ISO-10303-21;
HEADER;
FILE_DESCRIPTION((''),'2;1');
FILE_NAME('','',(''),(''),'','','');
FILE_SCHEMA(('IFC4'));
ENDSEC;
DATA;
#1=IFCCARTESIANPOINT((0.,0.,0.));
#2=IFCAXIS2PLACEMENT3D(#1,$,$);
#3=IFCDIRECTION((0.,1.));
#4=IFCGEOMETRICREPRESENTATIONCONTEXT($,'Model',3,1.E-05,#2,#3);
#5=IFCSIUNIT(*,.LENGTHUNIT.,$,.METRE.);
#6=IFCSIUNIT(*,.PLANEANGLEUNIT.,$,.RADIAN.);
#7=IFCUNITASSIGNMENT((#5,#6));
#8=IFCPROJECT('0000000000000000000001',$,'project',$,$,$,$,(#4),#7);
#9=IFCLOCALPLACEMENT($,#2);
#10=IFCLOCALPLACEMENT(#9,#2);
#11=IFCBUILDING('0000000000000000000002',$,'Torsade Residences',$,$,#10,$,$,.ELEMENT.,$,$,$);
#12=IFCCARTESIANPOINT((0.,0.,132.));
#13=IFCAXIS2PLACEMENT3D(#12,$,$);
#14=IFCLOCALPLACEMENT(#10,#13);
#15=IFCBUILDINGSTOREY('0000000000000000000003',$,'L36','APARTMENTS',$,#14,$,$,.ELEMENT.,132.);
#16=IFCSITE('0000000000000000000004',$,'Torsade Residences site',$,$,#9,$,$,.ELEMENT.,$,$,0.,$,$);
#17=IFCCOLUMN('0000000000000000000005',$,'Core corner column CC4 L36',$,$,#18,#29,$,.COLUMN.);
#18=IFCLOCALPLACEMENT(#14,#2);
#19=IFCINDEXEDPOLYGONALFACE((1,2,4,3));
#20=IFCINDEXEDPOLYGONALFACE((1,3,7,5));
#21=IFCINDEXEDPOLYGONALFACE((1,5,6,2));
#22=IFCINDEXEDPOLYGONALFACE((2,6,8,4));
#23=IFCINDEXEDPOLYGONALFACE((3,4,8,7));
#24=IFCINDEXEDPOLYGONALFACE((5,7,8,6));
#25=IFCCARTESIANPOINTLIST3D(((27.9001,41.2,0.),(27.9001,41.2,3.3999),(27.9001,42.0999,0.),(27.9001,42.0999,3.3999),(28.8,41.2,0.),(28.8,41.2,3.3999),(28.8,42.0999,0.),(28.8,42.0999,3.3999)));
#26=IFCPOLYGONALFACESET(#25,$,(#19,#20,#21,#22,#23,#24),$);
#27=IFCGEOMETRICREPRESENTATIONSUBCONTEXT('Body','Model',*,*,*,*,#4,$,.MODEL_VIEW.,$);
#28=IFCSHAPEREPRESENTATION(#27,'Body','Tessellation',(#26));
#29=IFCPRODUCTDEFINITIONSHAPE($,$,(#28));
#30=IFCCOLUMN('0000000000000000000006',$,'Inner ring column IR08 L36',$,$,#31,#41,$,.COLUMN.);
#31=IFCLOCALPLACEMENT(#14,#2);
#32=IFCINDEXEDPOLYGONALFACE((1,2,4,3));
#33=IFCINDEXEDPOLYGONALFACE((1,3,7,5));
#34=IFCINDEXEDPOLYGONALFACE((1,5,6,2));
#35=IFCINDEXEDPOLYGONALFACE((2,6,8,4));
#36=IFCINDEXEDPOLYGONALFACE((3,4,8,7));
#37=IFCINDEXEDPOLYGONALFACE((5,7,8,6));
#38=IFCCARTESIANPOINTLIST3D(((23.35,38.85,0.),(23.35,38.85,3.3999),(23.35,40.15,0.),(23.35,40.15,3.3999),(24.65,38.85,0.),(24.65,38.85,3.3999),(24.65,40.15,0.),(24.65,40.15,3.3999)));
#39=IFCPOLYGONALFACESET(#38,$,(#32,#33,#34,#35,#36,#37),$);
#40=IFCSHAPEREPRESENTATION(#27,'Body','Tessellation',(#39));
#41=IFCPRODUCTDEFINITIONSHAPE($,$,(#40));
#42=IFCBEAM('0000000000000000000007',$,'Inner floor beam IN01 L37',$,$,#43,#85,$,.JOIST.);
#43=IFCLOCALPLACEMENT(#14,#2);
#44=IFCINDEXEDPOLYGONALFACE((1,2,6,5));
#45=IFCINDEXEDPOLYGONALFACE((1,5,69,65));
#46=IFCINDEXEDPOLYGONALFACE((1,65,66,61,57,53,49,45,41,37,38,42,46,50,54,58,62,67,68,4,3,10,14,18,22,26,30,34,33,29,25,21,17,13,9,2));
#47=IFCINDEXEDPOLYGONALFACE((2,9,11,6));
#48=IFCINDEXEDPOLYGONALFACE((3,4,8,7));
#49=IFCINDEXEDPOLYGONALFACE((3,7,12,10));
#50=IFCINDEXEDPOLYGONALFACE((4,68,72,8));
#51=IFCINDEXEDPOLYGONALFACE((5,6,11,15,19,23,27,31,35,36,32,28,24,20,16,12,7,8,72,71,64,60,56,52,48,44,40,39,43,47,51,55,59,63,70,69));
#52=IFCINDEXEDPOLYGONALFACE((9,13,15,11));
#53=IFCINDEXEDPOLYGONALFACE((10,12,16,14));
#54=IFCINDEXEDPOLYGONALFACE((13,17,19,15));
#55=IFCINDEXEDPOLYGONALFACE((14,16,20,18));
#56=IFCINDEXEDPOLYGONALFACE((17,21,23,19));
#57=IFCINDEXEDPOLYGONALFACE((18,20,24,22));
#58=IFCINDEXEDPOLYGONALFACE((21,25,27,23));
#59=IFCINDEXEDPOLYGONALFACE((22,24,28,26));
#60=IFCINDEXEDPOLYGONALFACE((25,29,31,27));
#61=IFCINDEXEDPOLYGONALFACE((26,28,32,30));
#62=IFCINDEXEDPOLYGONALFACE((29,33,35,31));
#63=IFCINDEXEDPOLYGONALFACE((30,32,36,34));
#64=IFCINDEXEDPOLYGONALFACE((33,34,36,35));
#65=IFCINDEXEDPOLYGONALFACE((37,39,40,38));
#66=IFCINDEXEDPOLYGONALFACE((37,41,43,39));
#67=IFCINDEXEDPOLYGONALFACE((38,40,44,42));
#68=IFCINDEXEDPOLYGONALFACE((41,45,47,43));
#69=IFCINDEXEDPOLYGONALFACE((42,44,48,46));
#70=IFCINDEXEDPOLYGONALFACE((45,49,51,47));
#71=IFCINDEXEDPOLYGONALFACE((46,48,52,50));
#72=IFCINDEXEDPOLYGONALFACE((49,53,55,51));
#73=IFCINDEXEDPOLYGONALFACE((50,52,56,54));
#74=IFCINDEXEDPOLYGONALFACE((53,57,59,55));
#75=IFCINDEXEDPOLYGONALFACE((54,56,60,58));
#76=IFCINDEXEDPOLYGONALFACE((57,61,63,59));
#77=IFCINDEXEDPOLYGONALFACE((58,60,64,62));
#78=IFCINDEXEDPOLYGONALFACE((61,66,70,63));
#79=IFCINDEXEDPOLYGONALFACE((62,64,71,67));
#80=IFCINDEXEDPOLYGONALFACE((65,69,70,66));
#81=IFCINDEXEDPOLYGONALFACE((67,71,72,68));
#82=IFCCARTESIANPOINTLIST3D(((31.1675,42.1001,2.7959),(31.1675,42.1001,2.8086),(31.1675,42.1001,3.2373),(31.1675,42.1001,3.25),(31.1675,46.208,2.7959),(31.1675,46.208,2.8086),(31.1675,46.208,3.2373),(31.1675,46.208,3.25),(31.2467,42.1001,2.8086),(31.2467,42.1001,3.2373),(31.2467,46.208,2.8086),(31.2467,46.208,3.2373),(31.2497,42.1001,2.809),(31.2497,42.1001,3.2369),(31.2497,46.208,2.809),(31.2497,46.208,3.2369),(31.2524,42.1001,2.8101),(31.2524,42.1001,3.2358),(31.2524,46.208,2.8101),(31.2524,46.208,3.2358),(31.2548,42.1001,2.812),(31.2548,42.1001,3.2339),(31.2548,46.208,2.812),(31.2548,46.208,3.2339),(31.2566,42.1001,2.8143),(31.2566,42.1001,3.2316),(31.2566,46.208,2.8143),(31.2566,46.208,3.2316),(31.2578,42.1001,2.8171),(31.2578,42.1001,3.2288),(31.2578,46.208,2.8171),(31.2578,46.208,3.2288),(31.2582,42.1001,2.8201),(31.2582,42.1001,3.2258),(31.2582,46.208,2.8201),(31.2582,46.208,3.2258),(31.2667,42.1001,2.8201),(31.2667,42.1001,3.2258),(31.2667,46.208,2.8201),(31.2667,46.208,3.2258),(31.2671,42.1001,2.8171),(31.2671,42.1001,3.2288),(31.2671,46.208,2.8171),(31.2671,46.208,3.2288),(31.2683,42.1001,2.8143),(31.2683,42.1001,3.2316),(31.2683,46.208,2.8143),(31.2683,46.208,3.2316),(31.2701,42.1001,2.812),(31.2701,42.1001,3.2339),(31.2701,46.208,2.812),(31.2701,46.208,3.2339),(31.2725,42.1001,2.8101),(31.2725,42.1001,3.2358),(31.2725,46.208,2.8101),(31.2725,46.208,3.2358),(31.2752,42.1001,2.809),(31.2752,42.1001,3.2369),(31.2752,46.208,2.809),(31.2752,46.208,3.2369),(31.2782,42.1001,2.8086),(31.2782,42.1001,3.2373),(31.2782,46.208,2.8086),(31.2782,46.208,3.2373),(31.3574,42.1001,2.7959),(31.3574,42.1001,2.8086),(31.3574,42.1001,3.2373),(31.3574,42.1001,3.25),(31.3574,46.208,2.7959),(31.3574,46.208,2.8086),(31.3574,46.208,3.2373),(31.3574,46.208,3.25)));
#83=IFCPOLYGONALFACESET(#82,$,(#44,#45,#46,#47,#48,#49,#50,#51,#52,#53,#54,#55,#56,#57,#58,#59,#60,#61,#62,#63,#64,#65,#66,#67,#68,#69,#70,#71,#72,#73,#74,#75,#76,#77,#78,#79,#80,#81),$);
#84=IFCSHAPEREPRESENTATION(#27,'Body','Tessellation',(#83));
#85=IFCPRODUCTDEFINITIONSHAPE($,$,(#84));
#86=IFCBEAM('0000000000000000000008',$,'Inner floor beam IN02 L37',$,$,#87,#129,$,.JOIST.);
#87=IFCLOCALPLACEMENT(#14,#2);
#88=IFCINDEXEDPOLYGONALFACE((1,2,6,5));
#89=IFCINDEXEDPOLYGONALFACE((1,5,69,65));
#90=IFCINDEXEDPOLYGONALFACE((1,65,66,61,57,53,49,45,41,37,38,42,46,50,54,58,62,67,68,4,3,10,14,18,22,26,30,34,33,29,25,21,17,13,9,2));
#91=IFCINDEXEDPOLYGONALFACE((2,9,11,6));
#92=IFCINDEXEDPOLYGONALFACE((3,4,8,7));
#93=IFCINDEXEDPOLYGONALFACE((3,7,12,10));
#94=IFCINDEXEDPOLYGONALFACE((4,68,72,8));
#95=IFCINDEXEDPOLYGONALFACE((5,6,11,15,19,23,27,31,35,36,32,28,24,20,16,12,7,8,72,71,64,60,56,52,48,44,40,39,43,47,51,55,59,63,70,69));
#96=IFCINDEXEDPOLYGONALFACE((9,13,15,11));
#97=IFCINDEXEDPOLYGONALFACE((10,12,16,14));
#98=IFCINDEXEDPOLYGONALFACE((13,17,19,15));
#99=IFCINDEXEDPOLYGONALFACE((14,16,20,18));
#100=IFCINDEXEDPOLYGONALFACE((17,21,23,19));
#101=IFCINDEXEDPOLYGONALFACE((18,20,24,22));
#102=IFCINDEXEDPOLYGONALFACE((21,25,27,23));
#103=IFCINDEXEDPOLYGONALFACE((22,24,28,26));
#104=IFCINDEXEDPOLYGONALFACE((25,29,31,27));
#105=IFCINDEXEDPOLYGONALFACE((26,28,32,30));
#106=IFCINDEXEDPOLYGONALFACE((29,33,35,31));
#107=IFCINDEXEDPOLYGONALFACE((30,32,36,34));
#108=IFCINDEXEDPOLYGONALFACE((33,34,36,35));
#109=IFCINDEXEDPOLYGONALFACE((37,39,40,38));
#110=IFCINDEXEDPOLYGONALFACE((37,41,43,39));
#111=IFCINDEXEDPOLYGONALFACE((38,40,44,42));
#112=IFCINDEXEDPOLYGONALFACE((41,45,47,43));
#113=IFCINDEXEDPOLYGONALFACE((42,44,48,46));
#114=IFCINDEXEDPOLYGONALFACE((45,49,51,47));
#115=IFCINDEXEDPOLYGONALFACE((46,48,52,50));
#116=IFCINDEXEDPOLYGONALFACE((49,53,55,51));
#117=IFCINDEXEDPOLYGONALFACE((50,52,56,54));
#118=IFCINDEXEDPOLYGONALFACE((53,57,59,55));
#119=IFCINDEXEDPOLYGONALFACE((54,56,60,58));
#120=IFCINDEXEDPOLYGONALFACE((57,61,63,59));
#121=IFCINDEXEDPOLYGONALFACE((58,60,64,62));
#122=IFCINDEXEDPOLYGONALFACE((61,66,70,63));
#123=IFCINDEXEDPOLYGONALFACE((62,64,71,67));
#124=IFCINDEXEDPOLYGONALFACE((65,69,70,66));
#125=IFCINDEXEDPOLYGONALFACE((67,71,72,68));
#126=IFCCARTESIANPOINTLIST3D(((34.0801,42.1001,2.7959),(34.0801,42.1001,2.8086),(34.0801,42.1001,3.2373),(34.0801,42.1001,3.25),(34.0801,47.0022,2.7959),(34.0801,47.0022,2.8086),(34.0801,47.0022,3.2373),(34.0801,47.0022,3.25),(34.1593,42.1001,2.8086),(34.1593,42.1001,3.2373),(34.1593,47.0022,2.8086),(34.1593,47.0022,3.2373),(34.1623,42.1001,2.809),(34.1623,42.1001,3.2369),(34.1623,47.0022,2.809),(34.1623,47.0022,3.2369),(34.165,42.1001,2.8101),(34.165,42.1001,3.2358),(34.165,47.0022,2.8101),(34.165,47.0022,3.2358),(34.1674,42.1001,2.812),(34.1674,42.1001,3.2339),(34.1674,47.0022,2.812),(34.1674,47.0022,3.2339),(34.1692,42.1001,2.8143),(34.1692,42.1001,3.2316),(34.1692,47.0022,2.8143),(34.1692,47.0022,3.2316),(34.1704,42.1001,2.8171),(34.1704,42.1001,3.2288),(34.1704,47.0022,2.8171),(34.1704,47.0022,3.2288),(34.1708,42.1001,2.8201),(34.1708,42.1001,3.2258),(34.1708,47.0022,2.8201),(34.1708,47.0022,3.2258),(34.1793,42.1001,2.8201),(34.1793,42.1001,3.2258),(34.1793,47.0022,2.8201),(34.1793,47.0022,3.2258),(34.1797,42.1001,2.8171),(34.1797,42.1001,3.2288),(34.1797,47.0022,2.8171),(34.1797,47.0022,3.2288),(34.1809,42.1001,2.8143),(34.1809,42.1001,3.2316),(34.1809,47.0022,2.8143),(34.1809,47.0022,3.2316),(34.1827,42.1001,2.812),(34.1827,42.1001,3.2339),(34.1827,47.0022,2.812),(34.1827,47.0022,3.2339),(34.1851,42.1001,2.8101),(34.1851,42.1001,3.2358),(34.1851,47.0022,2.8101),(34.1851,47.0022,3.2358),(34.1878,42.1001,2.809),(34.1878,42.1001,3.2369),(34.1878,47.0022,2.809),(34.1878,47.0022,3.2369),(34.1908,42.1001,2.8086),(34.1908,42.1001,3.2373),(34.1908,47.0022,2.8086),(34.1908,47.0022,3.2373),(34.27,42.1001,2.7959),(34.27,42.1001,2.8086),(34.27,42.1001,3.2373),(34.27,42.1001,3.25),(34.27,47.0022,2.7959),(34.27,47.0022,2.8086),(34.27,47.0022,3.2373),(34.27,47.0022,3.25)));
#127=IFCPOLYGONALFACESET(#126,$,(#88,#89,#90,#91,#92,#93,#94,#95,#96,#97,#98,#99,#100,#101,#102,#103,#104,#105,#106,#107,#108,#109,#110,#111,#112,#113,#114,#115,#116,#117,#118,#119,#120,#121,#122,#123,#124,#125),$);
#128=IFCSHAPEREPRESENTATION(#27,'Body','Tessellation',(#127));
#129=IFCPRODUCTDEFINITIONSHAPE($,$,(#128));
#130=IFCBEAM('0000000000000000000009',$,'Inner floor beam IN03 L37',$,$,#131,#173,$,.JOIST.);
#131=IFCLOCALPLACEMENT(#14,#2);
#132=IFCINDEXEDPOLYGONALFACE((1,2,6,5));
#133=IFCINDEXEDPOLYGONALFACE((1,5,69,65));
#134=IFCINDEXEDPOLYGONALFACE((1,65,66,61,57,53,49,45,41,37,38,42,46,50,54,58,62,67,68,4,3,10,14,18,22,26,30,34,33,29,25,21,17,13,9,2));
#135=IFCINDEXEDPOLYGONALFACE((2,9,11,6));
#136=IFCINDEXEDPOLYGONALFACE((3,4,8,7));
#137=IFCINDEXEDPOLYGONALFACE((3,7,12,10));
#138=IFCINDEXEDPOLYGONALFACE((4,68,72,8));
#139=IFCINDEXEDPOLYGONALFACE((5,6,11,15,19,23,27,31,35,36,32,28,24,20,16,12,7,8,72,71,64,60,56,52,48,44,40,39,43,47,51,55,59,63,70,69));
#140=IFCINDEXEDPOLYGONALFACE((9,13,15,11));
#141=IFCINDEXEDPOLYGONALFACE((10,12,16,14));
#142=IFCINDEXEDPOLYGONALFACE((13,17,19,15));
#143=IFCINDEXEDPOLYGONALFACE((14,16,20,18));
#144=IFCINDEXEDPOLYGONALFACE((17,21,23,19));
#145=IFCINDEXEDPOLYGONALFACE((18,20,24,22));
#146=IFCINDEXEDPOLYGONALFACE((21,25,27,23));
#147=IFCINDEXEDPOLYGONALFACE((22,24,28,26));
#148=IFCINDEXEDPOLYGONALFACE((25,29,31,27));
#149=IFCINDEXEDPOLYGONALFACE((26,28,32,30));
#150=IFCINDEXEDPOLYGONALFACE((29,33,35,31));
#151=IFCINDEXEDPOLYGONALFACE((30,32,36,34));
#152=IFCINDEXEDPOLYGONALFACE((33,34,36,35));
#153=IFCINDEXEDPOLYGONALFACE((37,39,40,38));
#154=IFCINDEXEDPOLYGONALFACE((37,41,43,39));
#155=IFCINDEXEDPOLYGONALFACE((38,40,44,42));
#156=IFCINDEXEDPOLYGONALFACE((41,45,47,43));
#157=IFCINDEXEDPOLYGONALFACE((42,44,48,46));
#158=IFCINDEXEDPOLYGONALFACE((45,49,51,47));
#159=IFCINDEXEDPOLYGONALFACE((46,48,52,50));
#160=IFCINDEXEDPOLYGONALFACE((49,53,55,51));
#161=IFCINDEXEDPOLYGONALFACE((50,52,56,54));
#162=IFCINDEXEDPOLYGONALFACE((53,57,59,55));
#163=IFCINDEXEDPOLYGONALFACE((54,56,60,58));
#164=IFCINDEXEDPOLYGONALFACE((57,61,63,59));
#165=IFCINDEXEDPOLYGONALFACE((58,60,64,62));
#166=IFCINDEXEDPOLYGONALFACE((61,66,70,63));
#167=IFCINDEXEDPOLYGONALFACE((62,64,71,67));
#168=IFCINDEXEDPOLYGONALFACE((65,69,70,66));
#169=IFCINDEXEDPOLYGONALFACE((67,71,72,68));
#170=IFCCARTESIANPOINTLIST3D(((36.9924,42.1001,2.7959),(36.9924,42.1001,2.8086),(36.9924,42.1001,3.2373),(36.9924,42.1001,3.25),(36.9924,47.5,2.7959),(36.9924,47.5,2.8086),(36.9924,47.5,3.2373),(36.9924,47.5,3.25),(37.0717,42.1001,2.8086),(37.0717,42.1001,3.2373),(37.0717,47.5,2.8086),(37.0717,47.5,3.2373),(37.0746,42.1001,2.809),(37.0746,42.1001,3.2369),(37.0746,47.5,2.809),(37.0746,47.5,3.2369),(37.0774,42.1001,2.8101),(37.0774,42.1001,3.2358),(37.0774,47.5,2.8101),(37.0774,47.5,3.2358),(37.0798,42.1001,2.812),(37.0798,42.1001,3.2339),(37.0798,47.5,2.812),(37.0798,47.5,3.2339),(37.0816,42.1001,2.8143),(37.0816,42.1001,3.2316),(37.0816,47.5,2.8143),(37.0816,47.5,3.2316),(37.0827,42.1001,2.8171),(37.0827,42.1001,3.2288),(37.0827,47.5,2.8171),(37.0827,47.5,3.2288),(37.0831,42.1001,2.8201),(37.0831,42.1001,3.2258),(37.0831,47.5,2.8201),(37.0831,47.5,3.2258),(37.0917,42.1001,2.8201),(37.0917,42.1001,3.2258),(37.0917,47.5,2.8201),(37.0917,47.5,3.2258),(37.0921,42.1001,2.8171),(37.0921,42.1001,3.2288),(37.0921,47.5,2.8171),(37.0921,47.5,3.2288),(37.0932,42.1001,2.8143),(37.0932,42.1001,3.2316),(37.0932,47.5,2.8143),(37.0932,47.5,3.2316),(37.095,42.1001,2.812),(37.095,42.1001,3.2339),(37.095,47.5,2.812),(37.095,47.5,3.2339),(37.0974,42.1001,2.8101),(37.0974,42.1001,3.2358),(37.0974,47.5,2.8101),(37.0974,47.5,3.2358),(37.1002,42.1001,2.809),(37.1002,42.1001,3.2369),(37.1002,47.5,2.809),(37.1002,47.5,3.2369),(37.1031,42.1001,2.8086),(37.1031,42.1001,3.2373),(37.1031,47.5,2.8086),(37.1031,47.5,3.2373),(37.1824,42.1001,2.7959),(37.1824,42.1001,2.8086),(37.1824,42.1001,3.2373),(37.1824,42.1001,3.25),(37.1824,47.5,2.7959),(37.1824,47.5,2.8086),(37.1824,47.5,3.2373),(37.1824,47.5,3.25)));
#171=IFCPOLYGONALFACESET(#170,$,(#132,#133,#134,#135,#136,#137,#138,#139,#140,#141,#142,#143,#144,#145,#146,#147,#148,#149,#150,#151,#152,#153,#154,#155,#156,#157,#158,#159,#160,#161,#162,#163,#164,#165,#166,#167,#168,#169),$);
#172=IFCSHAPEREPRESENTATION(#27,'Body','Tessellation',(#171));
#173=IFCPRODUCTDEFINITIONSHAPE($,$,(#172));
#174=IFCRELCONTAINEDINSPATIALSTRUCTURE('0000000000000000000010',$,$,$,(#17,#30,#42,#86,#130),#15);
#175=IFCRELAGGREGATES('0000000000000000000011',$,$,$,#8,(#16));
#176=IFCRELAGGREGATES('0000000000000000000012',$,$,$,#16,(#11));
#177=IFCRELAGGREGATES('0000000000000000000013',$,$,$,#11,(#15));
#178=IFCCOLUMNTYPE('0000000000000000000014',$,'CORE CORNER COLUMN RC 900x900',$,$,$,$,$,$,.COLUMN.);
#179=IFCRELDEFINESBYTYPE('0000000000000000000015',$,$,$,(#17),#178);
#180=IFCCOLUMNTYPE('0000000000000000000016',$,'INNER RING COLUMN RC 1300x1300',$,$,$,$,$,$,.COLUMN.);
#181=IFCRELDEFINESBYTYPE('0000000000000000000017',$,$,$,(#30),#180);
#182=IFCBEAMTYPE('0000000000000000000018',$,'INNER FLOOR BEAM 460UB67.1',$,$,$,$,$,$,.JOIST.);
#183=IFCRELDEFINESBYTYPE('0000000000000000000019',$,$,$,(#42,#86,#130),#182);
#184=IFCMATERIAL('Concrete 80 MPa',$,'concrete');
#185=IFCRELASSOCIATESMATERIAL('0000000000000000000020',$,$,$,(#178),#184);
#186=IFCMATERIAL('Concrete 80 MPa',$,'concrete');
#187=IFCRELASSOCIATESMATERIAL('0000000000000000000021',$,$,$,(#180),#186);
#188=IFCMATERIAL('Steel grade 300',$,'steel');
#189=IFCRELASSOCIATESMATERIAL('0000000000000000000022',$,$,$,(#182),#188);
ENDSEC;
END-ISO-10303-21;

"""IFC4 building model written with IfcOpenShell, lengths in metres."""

from ifc_helpers import new_model, si_unit, direction, frame, origin, origin_2d, place, context, subcontext, project, spatial, rectangle, i_section, extrude, material, material_profile, profile_set, type_object, element, save


model = new_model("IFC4")

# Units and contexts
model_context = context("Model", 3, precision=1e-05, world=origin(), true_north=direction((0.0, 1.0)))
body_context = subcontext(model_context, "Body", "Model", "MODEL_VIEW")
ifc_project = project(units=[si_unit("LENGTHUNIT", "METRE"), si_unit("PLANEANGLEUNIT", "RADIAN")], contexts=[model_context])

# Site, building, storey
site_placement = place(None, origin())
site = spatial("IfcSite", under=ifc_project, at=site_placement, Name="Torsade Residences site", CompositionType="ELEMENT", RefElevation=0.0)
building_placement = place(site_placement, origin())
building = spatial("IfcBuilding", under=site, at=building_placement, Name="Torsade Residences", CompositionType="ELEMENT")
storey_placement = place(building_placement, frame((0.0, 0.0, 132.0)))
storey = spatial("IfcBuildingStorey", under=building, at=storey_placement, Name="L36", Description="APARTMENTS", CompositionType="ELEMENT", Elevation=132.0)

# Columns
ifc_material_1 = material(Name="Concrete 80 MPa", Category="concrete")
ifc_material_profile_1 = material_profile(ifc_material_1, rectangle(XDim=0.8999, YDim=0.8999, at=origin_2d()), Name="RC 900x900")
ifc_profile_set_1 = profile_set([ifc_material_profile_1], Name="Concrete 80 MPa")
column_type_1 = type_object("IfcColumnType", Name="CORE CORNER COLUMN RC 900x900", PredefinedType="COLUMN", material=ifc_profile_set_1)
column_1_placement = place(storey_placement, frame((28.3501, 41.6499, 0.0), z_axis=(0.0, 0.0, 1.0), x_axis=(1.0, 0.0, 0.0)))
element("IfcColumn", 1, at=column_1_placement, inside=storey, type_object=column_type_1, Name="Core corner column CC4 L36", PredefinedType="COLUMN", context=body_context, shape_type="SweptSolid", body=[
    extrude(rectangle(XDim=0.8999, YDim=0.8999, at=origin_2d()), origin(), (0.0, 0.0, 1.0), 3.3999),
])
ifc_material_2 = material(Name="Concrete 80 MPa", Category="concrete")
ifc_material_profile_2 = material_profile(ifc_material_2, rectangle(XDim=1.3, YDim=1.3, at=origin_2d()), Name="RC 1300x1300")
ifc_profile_set_2 = profile_set([ifc_material_profile_2], Name="Concrete 80 MPa")
column_type_2 = type_object("IfcColumnType", Name="INNER RING COLUMN RC 1300x1300", PredefinedType="COLUMN", material=ifc_profile_set_2)
column_2_placement = place(storey_placement, frame((24.0, 39.5, 0.0), z_axis=(0.0, 0.0, 1.0), x_axis=(1.0, 0.0, 0.0)))
element("IfcColumn", 2, at=column_2_placement, inside=storey, type_object=column_type_2, Name="Inner ring column IR08 L36", PredefinedType="COLUMN", context=body_context, shape_type="SweptSolid", body=[
    extrude(rectangle(XDim=1.3, YDim=1.3, at=origin_2d()), origin(), (0.0, 0.0, 1.0), 3.3999),
])

# Beams
ifc_material_3 = material(Name="Steel grade 300", Category="steel")
ifc_material_profile_3 = material_profile(ifc_material_3, i_section(OverallWidth=0.1899, OverallDepth=0.4541, WebThickness=0.0085, FlangeThickness=0.0127, FilletRadius=0.0115, at=origin_2d()), Name="460UB67.1")
ifc_profile_set_3 = profile_set([ifc_material_profile_3], Name="Steel grade 300")
beam_type_1 = type_object("IfcBeamType", Name="INNER FLOOR BEAM 460UB67.1", PredefinedType="JOIST", material=ifc_profile_set_3)
beam_1_placement = place(storey_placement, frame((31.2625, 42.1001, 3.0229), z_axis=(0.0, 1.0, 0.0), x_axis=(-1.0, 0.0, 0.0)))
element("IfcBeam", 3, at=beam_1_placement, inside=storey, type_object=beam_type_1, Name="Inner floor beam IN01 L37", PredefinedType="JOIST", context=body_context, shape_type="SweptSolid", body=[
    extrude(i_section(OverallWidth=0.1899, OverallDepth=0.4541, WebThickness=0.0085, FlangeThickness=0.0127, FilletRadius=0.0115, at=origin_2d()), origin(), (0.0, 0.0, 1.0), 4.1079),
])
beam_2_placement = place(storey_placement, frame((34.175, 42.1001, 3.0229), z_axis=(0.0, 1.0, 0.0), x_axis=(-1.0, 0.0, 0.0)))
element("IfcBeam", 4, at=beam_2_placement, inside=storey, type_object=beam_type_1, Name="Inner floor beam IN02 L37", PredefinedType="JOIST", context=body_context, shape_type="SweptSolid", body=[
    extrude(i_section(OverallWidth=0.1899, OverallDepth=0.4541, WebThickness=0.0085, FlangeThickness=0.0127, FilletRadius=0.0115, at=origin_2d()), origin(), (0.0, 0.0, 1.0), 4.9021),
])
beam_3_placement = place(storey_placement, frame((37.0874, 42.1001, 3.0229), z_axis=(0.0, 1.0, 0.0), x_axis=(-1.0, 0.0, 0.0)))
element("IfcBeam", 5, at=beam_3_placement, inside=storey, type_object=beam_type_1, Name="Inner floor beam IN03 L37", PredefinedType="JOIST", context=body_context, shape_type="SweptSolid", body=[
    extrude(i_section(OverallWidth=0.1899, OverallDepth=0.4541, WebThickness=0.0085, FlangeThickness=0.0127, FilletRadius=0.0115, at=origin_2d()), origin(), (0.0, 0.0, 1.0), 5.3999),
])

save(model, "model.ifc")
